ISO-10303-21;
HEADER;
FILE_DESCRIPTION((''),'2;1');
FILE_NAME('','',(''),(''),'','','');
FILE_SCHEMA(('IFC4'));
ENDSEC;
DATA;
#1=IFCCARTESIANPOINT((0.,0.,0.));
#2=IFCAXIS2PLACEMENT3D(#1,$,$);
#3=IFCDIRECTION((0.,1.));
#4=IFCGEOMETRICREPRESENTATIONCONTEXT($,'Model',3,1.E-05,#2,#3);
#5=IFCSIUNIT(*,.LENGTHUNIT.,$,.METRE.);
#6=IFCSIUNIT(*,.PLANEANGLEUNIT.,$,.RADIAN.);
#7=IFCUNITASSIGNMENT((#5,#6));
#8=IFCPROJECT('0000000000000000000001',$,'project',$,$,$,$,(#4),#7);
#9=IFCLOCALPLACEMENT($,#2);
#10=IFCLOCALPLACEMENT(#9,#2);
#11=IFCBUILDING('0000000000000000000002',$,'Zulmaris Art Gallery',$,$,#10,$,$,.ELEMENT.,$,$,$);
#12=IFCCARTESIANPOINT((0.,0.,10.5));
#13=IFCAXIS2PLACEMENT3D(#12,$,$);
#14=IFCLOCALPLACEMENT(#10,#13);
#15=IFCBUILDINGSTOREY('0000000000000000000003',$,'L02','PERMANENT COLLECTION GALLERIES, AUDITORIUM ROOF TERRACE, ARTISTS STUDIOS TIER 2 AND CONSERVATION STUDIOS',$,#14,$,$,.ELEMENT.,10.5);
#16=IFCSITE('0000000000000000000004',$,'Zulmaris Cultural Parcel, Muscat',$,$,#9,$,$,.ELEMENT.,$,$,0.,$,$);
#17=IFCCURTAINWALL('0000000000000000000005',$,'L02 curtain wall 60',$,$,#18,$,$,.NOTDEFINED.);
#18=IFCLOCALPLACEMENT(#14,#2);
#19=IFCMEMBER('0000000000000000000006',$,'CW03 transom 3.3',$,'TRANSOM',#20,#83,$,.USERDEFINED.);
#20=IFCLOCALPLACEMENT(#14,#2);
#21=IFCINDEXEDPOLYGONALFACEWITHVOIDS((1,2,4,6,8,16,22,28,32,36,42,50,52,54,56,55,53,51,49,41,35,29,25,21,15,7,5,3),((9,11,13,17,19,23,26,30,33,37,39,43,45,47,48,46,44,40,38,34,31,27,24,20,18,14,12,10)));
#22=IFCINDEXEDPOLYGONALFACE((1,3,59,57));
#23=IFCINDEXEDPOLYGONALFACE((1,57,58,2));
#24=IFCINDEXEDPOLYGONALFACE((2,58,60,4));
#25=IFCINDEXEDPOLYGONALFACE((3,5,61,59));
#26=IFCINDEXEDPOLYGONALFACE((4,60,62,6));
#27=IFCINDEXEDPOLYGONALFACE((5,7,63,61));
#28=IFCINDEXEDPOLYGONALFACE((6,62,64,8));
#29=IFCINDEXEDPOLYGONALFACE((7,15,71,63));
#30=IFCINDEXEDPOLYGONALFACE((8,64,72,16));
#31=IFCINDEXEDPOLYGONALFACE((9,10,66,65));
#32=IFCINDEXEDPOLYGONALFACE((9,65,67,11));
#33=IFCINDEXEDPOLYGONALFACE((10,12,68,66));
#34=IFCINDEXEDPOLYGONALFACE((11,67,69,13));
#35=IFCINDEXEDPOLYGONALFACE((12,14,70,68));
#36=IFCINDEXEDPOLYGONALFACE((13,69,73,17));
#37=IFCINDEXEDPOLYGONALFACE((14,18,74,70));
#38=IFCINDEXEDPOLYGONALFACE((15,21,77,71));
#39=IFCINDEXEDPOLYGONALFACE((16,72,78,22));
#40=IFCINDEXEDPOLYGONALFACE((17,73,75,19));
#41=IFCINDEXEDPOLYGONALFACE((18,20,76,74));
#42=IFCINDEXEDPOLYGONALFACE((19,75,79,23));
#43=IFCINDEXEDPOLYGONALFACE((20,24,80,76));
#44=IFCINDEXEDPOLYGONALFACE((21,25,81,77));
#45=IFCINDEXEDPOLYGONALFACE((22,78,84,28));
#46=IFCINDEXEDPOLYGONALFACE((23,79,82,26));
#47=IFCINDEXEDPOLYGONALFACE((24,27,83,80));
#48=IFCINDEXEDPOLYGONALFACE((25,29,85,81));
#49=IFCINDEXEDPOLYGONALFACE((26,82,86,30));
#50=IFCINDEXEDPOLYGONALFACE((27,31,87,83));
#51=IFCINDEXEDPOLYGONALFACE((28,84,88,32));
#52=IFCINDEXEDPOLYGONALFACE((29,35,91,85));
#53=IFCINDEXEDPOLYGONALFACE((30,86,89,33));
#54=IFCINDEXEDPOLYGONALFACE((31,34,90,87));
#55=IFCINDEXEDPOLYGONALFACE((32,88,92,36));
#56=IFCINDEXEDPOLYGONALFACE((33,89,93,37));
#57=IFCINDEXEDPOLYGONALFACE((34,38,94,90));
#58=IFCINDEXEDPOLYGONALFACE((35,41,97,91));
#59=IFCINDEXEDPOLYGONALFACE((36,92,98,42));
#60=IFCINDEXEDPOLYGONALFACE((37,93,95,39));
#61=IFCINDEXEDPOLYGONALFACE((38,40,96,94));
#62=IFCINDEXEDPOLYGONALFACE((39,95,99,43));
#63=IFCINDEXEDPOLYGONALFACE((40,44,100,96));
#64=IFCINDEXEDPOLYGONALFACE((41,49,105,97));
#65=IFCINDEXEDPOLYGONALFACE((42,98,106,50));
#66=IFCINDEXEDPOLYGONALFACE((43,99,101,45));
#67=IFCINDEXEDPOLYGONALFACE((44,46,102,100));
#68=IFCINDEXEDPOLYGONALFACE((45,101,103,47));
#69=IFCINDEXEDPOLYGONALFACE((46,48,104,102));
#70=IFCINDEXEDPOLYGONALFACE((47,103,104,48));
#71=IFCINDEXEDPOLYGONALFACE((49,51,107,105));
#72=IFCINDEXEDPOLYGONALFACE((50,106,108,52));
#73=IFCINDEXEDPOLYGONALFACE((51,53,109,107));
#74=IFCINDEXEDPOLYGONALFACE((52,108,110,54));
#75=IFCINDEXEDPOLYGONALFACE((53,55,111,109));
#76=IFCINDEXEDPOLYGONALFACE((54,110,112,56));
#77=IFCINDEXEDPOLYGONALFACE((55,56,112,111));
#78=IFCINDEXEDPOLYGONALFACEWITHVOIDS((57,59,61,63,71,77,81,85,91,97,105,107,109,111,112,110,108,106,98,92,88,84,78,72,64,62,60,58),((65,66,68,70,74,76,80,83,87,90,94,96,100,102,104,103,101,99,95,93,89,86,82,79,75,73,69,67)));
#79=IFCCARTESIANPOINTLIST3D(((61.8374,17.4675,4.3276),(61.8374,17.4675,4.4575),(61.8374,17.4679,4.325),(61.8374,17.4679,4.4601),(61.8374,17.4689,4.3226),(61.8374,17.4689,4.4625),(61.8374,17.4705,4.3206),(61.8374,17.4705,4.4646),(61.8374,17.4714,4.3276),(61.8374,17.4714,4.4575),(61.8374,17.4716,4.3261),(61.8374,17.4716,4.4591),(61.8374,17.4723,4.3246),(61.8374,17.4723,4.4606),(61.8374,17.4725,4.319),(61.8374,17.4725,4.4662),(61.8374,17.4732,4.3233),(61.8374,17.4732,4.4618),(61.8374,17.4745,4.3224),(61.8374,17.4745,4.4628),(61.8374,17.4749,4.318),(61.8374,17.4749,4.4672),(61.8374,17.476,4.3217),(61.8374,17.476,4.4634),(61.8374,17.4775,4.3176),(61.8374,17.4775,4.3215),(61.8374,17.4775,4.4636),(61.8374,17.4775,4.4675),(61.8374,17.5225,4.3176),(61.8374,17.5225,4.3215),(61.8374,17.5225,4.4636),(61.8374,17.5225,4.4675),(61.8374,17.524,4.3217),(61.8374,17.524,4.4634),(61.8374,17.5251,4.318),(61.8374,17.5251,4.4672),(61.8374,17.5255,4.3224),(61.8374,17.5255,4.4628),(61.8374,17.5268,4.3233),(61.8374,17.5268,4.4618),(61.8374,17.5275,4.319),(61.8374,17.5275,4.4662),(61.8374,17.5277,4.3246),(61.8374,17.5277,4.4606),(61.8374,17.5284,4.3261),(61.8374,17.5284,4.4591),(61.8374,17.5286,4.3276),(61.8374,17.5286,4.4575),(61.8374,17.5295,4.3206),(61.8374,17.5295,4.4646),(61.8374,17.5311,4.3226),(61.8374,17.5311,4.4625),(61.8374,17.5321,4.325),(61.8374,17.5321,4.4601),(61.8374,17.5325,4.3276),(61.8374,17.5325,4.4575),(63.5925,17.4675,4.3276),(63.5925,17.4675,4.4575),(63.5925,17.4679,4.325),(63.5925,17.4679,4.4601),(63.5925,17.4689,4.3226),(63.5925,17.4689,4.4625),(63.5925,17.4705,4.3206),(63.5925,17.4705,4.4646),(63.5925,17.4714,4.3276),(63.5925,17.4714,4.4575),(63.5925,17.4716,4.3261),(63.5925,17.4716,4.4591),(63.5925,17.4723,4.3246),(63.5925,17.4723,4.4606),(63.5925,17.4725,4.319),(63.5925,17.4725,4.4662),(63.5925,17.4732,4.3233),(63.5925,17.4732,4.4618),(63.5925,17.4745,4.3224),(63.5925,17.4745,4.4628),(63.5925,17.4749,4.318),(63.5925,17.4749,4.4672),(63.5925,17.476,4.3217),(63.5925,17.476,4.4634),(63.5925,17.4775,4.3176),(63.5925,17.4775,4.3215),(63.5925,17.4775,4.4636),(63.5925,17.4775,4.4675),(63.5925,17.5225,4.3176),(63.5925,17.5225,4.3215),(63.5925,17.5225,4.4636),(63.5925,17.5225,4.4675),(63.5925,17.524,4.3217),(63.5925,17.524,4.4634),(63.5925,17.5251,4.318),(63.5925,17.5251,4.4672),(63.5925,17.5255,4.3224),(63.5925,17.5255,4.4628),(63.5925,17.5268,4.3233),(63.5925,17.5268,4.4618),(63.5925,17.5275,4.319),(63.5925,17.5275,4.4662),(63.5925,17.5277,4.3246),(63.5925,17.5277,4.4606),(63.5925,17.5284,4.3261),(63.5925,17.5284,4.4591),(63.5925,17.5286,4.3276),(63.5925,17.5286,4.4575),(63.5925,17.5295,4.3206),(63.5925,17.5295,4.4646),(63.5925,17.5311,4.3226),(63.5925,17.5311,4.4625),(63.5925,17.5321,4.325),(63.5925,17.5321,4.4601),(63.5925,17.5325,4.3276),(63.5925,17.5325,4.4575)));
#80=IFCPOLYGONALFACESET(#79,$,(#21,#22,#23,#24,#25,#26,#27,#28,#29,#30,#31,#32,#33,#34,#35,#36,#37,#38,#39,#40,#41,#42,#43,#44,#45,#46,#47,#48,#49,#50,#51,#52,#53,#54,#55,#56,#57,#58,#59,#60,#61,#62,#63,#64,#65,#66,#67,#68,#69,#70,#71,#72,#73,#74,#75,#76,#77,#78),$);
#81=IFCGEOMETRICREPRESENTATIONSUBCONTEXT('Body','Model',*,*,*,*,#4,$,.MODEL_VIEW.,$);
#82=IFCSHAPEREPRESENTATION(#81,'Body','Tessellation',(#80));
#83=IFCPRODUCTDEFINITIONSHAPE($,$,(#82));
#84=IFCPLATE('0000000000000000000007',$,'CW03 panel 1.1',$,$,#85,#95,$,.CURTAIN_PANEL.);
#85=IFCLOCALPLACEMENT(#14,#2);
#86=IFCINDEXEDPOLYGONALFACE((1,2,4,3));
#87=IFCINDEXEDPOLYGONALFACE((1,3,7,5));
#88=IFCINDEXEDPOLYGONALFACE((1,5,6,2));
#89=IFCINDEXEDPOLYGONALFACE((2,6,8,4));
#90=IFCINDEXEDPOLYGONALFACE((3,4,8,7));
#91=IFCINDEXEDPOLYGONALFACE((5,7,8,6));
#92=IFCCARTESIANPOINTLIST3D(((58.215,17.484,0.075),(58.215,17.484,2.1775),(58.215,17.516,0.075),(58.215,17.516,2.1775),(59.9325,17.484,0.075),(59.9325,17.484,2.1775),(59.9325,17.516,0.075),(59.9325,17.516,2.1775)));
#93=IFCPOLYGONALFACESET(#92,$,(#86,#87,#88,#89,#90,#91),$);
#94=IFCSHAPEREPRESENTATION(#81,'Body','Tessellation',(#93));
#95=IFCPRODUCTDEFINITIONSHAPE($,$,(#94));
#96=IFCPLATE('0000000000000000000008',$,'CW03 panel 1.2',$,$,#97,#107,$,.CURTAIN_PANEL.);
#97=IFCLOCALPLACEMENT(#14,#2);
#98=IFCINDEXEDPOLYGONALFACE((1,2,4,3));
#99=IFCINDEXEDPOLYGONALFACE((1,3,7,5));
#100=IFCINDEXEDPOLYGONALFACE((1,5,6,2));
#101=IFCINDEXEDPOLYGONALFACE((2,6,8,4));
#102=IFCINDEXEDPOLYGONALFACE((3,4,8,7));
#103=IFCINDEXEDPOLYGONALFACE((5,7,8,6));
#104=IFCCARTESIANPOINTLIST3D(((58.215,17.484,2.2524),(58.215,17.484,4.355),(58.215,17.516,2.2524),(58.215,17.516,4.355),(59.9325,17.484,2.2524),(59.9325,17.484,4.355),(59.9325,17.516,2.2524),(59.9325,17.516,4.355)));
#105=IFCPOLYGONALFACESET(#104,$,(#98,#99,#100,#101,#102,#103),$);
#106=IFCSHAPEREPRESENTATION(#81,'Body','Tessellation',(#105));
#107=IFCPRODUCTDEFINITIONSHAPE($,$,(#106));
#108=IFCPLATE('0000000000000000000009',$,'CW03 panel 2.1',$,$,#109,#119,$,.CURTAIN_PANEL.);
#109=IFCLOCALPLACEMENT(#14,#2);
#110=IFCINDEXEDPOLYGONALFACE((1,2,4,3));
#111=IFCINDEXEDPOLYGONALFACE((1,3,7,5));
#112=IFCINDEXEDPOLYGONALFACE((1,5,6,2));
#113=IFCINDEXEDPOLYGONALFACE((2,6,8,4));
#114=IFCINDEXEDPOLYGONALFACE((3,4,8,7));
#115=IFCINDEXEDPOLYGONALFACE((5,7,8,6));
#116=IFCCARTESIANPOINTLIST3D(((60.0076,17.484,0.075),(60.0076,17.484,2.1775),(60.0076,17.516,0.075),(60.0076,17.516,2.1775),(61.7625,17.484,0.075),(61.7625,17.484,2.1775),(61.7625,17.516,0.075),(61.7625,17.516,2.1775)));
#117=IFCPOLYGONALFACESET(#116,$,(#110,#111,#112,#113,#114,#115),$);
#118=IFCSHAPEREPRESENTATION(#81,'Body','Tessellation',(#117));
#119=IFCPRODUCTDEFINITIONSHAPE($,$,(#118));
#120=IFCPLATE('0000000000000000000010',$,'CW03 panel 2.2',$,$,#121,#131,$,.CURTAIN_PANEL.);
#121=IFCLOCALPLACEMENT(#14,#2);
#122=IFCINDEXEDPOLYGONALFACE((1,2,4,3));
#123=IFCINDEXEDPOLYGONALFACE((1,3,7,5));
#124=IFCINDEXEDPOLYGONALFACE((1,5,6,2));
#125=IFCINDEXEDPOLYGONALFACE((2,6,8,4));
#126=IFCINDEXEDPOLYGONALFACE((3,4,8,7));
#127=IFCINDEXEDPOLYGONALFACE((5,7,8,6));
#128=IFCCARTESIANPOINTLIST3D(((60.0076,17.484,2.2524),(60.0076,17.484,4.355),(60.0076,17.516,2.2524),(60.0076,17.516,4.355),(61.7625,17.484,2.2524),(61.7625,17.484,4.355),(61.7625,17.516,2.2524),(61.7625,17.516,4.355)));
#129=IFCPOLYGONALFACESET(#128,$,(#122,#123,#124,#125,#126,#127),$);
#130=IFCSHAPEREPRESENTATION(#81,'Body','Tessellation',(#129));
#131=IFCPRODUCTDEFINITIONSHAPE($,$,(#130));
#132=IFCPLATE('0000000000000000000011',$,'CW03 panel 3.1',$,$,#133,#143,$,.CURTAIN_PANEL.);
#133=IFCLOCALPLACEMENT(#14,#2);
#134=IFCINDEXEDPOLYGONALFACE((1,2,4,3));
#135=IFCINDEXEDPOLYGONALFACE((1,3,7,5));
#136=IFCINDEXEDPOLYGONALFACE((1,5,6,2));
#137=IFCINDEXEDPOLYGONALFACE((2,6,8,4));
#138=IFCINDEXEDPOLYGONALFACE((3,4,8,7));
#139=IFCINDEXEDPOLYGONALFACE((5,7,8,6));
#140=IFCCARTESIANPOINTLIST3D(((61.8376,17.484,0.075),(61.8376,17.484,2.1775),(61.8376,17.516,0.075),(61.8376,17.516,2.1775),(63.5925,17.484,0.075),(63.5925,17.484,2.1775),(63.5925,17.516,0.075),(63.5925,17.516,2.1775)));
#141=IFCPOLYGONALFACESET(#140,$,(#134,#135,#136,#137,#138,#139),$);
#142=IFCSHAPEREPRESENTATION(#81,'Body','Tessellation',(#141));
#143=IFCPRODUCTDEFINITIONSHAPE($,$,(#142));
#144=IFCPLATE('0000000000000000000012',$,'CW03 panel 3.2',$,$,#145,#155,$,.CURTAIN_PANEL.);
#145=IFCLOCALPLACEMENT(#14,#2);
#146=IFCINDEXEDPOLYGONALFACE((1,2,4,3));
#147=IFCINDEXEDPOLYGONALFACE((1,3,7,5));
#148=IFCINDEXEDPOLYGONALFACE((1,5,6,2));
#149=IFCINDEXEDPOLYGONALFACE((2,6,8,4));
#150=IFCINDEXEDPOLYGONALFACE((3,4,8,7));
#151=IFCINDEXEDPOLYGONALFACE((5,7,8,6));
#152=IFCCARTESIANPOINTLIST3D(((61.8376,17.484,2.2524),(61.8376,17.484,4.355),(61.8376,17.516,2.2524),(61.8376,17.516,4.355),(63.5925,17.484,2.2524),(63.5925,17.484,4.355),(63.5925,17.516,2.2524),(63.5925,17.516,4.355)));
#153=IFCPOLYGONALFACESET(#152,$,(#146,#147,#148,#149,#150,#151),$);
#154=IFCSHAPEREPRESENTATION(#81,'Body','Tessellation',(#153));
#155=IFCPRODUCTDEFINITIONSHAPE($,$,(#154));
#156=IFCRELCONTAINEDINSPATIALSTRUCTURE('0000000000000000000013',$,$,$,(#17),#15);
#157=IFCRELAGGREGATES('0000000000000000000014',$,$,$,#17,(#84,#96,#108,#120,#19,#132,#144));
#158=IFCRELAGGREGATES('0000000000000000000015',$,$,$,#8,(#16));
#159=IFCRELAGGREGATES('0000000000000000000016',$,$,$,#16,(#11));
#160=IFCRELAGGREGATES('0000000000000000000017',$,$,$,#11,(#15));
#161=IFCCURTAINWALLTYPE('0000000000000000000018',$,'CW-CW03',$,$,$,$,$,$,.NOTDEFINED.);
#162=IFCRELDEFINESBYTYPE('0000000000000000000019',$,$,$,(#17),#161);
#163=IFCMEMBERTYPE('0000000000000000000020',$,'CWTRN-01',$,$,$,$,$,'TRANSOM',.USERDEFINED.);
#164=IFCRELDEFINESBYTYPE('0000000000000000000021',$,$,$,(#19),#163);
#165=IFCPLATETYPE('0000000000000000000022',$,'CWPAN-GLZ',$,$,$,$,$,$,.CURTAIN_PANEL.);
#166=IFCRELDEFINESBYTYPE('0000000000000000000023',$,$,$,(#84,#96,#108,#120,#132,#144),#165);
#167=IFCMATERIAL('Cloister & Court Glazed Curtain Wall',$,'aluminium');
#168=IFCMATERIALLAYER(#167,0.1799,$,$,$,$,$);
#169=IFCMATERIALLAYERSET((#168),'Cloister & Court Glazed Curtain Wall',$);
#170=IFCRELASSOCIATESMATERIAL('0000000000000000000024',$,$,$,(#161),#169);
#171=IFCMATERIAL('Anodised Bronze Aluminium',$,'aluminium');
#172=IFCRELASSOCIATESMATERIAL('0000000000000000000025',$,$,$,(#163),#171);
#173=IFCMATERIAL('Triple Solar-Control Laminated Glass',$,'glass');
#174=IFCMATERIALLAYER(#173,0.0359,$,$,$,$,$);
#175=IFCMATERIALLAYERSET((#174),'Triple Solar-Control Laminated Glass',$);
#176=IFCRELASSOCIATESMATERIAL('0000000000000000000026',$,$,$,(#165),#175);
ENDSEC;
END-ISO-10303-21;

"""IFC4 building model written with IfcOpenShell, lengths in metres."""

from ifc_helpers import new_model, si_unit, direction, frame, origin, origin_2d, place, context, subcontext, project, spatial, rectangle, hollow_rectangle, extrude, material, layer, layer_set, material_profile, profile_set, type_object, element, aggregate, save


model = new_model("IFC4")

# Units and contexts
model_context = context("Model", 3, precision=1e-05, world=origin(), true_north=direction((0.0, 1.0)))
body_context = subcontext(model_context, "Body", "Model", "MODEL_VIEW")
ifc_project = project(units=[si_unit("LENGTHUNIT", "METRE"), si_unit("PLANEANGLEUNIT", "RADIAN")], contexts=[model_context])

# Site, building, storey
site_placement = place(None, origin())
site = spatial("IfcSite", under=ifc_project, at=site_placement, Name="Zulmaris Cultural Parcel, Muscat", CompositionType="ELEMENT", RefElevation=0.0)
building_placement = place(site_placement, origin())
building = spatial("IfcBuilding", under=site, at=building_placement, Name="Zulmaris Art Gallery", CompositionType="ELEMENT")
storey_placement = place(building_placement, frame((0.0, 0.0, 10.5)))
storey = spatial("IfcBuildingStorey", under=building, at=storey_placement, Name="L02", Description="PERMANENT COLLECTION GALLERIES, AUDITORIUM ROOF TERRACE, ARTISTS STUDIOS TIER 2 AND CONSERVATION STUDIOS", CompositionType="ELEMENT", Elevation=10.5)

# Shared definitions
ifc_material_1 = material(Name="Cloister & Court Glazed Curtain Wall", Category="aluminium")
ifc_layer_1 = layer(ifc_material_1, 0.1799)
ifc_layer_set_1 = layer_set([ifc_layer_1], Name="Cloister & Court Glazed Curtain Wall")
curtain_wall_type = type_object("IfcCurtainWallType", Name="CW-CW03", PredefinedType="NOTDEFINED", material=ifc_layer_set_1)
ifc_material_2 = material(Name="Anodised Bronze Aluminium", Category="aluminium")

# Curtain wall, member, plates
curtain_wall_1_placement = place(storey_placement, origin())
curtain_wall_1 = element("IfcCurtainWall", 1, at=curtain_wall_1_placement, inside=storey, type_object=curtain_wall_type, Name="L02 curtain wall 60", PredefinedType="NOTDEFINED")
ifc_material_profile_1 = material_profile(ifc_material_2, hollow_rectangle(XDim=0.0649, YDim=0.1499, WallThickness=0.0039, InnerFilletRadius=0.0061, OuterFilletRadius=0.01, at=origin_2d()), Name="ALU 65x150x4")
ifc_profile_set_1 = profile_set([ifc_material_profile_1], Name="Anodised Bronze Aluminium")
member_type_1 = type_object("IfcMemberType", Name="CWTRN-01", ElementType="TRANSOM", PredefinedType="USERDEFINED", material=ifc_profile_set_1)
member_1_placement = place(storey_placement, frame((61.8374, 17.5, 4.3926), z_axis=(1.0, 0.0, 0.0), x_axis=(0.0, 1.0, 0.0)))
member_1 = element("IfcMember", 2, at=member_1_placement, type_object=member_type_1, Name="CW03 transom 3.3", ObjectType="TRANSOM", PredefinedType="USERDEFINED", context=body_context, shape_type="SweptSolid", body=[
    extrude(hollow_rectangle(XDim=0.0649, YDim=0.1499, WallThickness=0.0039, InnerFilletRadius=0.0061, OuterFilletRadius=0.01, at=origin_2d()), origin(), (0.0, 0.0, 1.0), 1.7551),
])
ifc_material_3 = material(Name="Triple Solar-Control Laminated Glass", Category="glass")
ifc_layer_2 = layer(ifc_material_3, 0.0359)
ifc_layer_set_2 = layer_set([ifc_layer_2], Name="Triple Solar-Control Laminated Glass")
plate_type = type_object("IfcPlateType", Name="CWPAN-GLZ", PredefinedType="CURTAIN_PANEL", material=ifc_layer_set_2)
plate_1_placement = place(storey_placement, frame((59.0737, 17.5, 0.075), z_axis=(0.0, 0.0, 1.0), x_axis=(1.0, 0.0, 0.0)))
plate_1 = element("IfcPlate", 3, at=plate_1_placement, type_object=plate_type, Name="CW03 panel 1.1", PredefinedType="CURTAIN_PANEL", context=body_context, shape_type="SweptSolid", body=[
    extrude(rectangle(XDim=1.7175, YDim=0.032, at=origin_2d()), origin(), (0.0, 0.0, 1.0), 2.1025),
])
plate_2_placement = place(storey_placement, frame((59.0737, 17.5, 2.2524), z_axis=(0.0, 0.0, 1.0), x_axis=(1.0, 0.0, 0.0)))
plate_2 = element("IfcPlate", 4, at=plate_2_placement, type_object=plate_type, Name="CW03 panel 1.2", PredefinedType="CURTAIN_PANEL", context=body_context, shape_type="SweptSolid", body=[
    extrude(rectangle(XDim=1.7175, YDim=0.032, at=origin_2d()), origin(), (0.0, 0.0, 1.0), 2.1025),
])
plate_3_placement = place(storey_placement, frame((60.885, 17.5, 0.075), z_axis=(0.0, 0.0, 1.0), x_axis=(1.0, 0.0, 0.0)))
plate_3 = element("IfcPlate", 5, at=plate_3_placement, type_object=plate_type, Name="CW03 panel 2.1", PredefinedType="CURTAIN_PANEL", context=body_context, shape_type="SweptSolid", body=[
    extrude(rectangle(XDim=1.7549, YDim=0.032, at=origin_2d()), origin(), (0.0, 0.0, 1.0), 2.1025),
])
plate_4_placement = place(storey_placement, frame((60.885, 17.5, 2.2524), z_axis=(0.0, 0.0, 1.0), x_axis=(1.0, 0.0, 0.0)))
plate_4 = element("IfcPlate", 6, at=plate_4_placement, type_object=plate_type, Name="CW03 panel 2.2", PredefinedType="CURTAIN_PANEL", context=body_context, shape_type="SweptSolid", body=[
    extrude(rectangle(XDim=1.7549, YDim=0.032, at=origin_2d()), origin(), (0.0, 0.0, 1.0), 2.1025),
])
plate_5_placement = place(storey_placement, frame((62.7151, 17.5, 0.075), z_axis=(0.0, 0.0, 1.0), x_axis=(1.0, 0.0, 0.0)))
plate_5 = element("IfcPlate", 7, at=plate_5_placement, type_object=plate_type, Name="CW03 panel 3.1", PredefinedType="CURTAIN_PANEL", context=body_context, shape_type="SweptSolid", body=[
    extrude(rectangle(XDim=1.7549, YDim=0.032, at=origin_2d()), origin(), (0.0, 0.0, 1.0), 2.1025),
])
plate_6_placement = place(storey_placement, frame((62.7151, 17.5, 2.2524), z_axis=(0.0, 0.0, 1.0), x_axis=(1.0, 0.0, 0.0)))
plate_6 = element("IfcPlate", 8, at=plate_6_placement, type_object=plate_type, Name="CW03 panel 3.2", PredefinedType="CURTAIN_PANEL", context=body_context, shape_type="SweptSolid", body=[
    extrude(rectangle(XDim=1.7549, YDim=0.032, at=origin_2d()), origin(), (0.0, 0.0, 1.0), 2.1025),
])
aggregate(curtain_wall_1, [plate_1, plate_2, plate_3, plate_4, member_1, plate_5, plate_6])

save(model, "model.ifc")
